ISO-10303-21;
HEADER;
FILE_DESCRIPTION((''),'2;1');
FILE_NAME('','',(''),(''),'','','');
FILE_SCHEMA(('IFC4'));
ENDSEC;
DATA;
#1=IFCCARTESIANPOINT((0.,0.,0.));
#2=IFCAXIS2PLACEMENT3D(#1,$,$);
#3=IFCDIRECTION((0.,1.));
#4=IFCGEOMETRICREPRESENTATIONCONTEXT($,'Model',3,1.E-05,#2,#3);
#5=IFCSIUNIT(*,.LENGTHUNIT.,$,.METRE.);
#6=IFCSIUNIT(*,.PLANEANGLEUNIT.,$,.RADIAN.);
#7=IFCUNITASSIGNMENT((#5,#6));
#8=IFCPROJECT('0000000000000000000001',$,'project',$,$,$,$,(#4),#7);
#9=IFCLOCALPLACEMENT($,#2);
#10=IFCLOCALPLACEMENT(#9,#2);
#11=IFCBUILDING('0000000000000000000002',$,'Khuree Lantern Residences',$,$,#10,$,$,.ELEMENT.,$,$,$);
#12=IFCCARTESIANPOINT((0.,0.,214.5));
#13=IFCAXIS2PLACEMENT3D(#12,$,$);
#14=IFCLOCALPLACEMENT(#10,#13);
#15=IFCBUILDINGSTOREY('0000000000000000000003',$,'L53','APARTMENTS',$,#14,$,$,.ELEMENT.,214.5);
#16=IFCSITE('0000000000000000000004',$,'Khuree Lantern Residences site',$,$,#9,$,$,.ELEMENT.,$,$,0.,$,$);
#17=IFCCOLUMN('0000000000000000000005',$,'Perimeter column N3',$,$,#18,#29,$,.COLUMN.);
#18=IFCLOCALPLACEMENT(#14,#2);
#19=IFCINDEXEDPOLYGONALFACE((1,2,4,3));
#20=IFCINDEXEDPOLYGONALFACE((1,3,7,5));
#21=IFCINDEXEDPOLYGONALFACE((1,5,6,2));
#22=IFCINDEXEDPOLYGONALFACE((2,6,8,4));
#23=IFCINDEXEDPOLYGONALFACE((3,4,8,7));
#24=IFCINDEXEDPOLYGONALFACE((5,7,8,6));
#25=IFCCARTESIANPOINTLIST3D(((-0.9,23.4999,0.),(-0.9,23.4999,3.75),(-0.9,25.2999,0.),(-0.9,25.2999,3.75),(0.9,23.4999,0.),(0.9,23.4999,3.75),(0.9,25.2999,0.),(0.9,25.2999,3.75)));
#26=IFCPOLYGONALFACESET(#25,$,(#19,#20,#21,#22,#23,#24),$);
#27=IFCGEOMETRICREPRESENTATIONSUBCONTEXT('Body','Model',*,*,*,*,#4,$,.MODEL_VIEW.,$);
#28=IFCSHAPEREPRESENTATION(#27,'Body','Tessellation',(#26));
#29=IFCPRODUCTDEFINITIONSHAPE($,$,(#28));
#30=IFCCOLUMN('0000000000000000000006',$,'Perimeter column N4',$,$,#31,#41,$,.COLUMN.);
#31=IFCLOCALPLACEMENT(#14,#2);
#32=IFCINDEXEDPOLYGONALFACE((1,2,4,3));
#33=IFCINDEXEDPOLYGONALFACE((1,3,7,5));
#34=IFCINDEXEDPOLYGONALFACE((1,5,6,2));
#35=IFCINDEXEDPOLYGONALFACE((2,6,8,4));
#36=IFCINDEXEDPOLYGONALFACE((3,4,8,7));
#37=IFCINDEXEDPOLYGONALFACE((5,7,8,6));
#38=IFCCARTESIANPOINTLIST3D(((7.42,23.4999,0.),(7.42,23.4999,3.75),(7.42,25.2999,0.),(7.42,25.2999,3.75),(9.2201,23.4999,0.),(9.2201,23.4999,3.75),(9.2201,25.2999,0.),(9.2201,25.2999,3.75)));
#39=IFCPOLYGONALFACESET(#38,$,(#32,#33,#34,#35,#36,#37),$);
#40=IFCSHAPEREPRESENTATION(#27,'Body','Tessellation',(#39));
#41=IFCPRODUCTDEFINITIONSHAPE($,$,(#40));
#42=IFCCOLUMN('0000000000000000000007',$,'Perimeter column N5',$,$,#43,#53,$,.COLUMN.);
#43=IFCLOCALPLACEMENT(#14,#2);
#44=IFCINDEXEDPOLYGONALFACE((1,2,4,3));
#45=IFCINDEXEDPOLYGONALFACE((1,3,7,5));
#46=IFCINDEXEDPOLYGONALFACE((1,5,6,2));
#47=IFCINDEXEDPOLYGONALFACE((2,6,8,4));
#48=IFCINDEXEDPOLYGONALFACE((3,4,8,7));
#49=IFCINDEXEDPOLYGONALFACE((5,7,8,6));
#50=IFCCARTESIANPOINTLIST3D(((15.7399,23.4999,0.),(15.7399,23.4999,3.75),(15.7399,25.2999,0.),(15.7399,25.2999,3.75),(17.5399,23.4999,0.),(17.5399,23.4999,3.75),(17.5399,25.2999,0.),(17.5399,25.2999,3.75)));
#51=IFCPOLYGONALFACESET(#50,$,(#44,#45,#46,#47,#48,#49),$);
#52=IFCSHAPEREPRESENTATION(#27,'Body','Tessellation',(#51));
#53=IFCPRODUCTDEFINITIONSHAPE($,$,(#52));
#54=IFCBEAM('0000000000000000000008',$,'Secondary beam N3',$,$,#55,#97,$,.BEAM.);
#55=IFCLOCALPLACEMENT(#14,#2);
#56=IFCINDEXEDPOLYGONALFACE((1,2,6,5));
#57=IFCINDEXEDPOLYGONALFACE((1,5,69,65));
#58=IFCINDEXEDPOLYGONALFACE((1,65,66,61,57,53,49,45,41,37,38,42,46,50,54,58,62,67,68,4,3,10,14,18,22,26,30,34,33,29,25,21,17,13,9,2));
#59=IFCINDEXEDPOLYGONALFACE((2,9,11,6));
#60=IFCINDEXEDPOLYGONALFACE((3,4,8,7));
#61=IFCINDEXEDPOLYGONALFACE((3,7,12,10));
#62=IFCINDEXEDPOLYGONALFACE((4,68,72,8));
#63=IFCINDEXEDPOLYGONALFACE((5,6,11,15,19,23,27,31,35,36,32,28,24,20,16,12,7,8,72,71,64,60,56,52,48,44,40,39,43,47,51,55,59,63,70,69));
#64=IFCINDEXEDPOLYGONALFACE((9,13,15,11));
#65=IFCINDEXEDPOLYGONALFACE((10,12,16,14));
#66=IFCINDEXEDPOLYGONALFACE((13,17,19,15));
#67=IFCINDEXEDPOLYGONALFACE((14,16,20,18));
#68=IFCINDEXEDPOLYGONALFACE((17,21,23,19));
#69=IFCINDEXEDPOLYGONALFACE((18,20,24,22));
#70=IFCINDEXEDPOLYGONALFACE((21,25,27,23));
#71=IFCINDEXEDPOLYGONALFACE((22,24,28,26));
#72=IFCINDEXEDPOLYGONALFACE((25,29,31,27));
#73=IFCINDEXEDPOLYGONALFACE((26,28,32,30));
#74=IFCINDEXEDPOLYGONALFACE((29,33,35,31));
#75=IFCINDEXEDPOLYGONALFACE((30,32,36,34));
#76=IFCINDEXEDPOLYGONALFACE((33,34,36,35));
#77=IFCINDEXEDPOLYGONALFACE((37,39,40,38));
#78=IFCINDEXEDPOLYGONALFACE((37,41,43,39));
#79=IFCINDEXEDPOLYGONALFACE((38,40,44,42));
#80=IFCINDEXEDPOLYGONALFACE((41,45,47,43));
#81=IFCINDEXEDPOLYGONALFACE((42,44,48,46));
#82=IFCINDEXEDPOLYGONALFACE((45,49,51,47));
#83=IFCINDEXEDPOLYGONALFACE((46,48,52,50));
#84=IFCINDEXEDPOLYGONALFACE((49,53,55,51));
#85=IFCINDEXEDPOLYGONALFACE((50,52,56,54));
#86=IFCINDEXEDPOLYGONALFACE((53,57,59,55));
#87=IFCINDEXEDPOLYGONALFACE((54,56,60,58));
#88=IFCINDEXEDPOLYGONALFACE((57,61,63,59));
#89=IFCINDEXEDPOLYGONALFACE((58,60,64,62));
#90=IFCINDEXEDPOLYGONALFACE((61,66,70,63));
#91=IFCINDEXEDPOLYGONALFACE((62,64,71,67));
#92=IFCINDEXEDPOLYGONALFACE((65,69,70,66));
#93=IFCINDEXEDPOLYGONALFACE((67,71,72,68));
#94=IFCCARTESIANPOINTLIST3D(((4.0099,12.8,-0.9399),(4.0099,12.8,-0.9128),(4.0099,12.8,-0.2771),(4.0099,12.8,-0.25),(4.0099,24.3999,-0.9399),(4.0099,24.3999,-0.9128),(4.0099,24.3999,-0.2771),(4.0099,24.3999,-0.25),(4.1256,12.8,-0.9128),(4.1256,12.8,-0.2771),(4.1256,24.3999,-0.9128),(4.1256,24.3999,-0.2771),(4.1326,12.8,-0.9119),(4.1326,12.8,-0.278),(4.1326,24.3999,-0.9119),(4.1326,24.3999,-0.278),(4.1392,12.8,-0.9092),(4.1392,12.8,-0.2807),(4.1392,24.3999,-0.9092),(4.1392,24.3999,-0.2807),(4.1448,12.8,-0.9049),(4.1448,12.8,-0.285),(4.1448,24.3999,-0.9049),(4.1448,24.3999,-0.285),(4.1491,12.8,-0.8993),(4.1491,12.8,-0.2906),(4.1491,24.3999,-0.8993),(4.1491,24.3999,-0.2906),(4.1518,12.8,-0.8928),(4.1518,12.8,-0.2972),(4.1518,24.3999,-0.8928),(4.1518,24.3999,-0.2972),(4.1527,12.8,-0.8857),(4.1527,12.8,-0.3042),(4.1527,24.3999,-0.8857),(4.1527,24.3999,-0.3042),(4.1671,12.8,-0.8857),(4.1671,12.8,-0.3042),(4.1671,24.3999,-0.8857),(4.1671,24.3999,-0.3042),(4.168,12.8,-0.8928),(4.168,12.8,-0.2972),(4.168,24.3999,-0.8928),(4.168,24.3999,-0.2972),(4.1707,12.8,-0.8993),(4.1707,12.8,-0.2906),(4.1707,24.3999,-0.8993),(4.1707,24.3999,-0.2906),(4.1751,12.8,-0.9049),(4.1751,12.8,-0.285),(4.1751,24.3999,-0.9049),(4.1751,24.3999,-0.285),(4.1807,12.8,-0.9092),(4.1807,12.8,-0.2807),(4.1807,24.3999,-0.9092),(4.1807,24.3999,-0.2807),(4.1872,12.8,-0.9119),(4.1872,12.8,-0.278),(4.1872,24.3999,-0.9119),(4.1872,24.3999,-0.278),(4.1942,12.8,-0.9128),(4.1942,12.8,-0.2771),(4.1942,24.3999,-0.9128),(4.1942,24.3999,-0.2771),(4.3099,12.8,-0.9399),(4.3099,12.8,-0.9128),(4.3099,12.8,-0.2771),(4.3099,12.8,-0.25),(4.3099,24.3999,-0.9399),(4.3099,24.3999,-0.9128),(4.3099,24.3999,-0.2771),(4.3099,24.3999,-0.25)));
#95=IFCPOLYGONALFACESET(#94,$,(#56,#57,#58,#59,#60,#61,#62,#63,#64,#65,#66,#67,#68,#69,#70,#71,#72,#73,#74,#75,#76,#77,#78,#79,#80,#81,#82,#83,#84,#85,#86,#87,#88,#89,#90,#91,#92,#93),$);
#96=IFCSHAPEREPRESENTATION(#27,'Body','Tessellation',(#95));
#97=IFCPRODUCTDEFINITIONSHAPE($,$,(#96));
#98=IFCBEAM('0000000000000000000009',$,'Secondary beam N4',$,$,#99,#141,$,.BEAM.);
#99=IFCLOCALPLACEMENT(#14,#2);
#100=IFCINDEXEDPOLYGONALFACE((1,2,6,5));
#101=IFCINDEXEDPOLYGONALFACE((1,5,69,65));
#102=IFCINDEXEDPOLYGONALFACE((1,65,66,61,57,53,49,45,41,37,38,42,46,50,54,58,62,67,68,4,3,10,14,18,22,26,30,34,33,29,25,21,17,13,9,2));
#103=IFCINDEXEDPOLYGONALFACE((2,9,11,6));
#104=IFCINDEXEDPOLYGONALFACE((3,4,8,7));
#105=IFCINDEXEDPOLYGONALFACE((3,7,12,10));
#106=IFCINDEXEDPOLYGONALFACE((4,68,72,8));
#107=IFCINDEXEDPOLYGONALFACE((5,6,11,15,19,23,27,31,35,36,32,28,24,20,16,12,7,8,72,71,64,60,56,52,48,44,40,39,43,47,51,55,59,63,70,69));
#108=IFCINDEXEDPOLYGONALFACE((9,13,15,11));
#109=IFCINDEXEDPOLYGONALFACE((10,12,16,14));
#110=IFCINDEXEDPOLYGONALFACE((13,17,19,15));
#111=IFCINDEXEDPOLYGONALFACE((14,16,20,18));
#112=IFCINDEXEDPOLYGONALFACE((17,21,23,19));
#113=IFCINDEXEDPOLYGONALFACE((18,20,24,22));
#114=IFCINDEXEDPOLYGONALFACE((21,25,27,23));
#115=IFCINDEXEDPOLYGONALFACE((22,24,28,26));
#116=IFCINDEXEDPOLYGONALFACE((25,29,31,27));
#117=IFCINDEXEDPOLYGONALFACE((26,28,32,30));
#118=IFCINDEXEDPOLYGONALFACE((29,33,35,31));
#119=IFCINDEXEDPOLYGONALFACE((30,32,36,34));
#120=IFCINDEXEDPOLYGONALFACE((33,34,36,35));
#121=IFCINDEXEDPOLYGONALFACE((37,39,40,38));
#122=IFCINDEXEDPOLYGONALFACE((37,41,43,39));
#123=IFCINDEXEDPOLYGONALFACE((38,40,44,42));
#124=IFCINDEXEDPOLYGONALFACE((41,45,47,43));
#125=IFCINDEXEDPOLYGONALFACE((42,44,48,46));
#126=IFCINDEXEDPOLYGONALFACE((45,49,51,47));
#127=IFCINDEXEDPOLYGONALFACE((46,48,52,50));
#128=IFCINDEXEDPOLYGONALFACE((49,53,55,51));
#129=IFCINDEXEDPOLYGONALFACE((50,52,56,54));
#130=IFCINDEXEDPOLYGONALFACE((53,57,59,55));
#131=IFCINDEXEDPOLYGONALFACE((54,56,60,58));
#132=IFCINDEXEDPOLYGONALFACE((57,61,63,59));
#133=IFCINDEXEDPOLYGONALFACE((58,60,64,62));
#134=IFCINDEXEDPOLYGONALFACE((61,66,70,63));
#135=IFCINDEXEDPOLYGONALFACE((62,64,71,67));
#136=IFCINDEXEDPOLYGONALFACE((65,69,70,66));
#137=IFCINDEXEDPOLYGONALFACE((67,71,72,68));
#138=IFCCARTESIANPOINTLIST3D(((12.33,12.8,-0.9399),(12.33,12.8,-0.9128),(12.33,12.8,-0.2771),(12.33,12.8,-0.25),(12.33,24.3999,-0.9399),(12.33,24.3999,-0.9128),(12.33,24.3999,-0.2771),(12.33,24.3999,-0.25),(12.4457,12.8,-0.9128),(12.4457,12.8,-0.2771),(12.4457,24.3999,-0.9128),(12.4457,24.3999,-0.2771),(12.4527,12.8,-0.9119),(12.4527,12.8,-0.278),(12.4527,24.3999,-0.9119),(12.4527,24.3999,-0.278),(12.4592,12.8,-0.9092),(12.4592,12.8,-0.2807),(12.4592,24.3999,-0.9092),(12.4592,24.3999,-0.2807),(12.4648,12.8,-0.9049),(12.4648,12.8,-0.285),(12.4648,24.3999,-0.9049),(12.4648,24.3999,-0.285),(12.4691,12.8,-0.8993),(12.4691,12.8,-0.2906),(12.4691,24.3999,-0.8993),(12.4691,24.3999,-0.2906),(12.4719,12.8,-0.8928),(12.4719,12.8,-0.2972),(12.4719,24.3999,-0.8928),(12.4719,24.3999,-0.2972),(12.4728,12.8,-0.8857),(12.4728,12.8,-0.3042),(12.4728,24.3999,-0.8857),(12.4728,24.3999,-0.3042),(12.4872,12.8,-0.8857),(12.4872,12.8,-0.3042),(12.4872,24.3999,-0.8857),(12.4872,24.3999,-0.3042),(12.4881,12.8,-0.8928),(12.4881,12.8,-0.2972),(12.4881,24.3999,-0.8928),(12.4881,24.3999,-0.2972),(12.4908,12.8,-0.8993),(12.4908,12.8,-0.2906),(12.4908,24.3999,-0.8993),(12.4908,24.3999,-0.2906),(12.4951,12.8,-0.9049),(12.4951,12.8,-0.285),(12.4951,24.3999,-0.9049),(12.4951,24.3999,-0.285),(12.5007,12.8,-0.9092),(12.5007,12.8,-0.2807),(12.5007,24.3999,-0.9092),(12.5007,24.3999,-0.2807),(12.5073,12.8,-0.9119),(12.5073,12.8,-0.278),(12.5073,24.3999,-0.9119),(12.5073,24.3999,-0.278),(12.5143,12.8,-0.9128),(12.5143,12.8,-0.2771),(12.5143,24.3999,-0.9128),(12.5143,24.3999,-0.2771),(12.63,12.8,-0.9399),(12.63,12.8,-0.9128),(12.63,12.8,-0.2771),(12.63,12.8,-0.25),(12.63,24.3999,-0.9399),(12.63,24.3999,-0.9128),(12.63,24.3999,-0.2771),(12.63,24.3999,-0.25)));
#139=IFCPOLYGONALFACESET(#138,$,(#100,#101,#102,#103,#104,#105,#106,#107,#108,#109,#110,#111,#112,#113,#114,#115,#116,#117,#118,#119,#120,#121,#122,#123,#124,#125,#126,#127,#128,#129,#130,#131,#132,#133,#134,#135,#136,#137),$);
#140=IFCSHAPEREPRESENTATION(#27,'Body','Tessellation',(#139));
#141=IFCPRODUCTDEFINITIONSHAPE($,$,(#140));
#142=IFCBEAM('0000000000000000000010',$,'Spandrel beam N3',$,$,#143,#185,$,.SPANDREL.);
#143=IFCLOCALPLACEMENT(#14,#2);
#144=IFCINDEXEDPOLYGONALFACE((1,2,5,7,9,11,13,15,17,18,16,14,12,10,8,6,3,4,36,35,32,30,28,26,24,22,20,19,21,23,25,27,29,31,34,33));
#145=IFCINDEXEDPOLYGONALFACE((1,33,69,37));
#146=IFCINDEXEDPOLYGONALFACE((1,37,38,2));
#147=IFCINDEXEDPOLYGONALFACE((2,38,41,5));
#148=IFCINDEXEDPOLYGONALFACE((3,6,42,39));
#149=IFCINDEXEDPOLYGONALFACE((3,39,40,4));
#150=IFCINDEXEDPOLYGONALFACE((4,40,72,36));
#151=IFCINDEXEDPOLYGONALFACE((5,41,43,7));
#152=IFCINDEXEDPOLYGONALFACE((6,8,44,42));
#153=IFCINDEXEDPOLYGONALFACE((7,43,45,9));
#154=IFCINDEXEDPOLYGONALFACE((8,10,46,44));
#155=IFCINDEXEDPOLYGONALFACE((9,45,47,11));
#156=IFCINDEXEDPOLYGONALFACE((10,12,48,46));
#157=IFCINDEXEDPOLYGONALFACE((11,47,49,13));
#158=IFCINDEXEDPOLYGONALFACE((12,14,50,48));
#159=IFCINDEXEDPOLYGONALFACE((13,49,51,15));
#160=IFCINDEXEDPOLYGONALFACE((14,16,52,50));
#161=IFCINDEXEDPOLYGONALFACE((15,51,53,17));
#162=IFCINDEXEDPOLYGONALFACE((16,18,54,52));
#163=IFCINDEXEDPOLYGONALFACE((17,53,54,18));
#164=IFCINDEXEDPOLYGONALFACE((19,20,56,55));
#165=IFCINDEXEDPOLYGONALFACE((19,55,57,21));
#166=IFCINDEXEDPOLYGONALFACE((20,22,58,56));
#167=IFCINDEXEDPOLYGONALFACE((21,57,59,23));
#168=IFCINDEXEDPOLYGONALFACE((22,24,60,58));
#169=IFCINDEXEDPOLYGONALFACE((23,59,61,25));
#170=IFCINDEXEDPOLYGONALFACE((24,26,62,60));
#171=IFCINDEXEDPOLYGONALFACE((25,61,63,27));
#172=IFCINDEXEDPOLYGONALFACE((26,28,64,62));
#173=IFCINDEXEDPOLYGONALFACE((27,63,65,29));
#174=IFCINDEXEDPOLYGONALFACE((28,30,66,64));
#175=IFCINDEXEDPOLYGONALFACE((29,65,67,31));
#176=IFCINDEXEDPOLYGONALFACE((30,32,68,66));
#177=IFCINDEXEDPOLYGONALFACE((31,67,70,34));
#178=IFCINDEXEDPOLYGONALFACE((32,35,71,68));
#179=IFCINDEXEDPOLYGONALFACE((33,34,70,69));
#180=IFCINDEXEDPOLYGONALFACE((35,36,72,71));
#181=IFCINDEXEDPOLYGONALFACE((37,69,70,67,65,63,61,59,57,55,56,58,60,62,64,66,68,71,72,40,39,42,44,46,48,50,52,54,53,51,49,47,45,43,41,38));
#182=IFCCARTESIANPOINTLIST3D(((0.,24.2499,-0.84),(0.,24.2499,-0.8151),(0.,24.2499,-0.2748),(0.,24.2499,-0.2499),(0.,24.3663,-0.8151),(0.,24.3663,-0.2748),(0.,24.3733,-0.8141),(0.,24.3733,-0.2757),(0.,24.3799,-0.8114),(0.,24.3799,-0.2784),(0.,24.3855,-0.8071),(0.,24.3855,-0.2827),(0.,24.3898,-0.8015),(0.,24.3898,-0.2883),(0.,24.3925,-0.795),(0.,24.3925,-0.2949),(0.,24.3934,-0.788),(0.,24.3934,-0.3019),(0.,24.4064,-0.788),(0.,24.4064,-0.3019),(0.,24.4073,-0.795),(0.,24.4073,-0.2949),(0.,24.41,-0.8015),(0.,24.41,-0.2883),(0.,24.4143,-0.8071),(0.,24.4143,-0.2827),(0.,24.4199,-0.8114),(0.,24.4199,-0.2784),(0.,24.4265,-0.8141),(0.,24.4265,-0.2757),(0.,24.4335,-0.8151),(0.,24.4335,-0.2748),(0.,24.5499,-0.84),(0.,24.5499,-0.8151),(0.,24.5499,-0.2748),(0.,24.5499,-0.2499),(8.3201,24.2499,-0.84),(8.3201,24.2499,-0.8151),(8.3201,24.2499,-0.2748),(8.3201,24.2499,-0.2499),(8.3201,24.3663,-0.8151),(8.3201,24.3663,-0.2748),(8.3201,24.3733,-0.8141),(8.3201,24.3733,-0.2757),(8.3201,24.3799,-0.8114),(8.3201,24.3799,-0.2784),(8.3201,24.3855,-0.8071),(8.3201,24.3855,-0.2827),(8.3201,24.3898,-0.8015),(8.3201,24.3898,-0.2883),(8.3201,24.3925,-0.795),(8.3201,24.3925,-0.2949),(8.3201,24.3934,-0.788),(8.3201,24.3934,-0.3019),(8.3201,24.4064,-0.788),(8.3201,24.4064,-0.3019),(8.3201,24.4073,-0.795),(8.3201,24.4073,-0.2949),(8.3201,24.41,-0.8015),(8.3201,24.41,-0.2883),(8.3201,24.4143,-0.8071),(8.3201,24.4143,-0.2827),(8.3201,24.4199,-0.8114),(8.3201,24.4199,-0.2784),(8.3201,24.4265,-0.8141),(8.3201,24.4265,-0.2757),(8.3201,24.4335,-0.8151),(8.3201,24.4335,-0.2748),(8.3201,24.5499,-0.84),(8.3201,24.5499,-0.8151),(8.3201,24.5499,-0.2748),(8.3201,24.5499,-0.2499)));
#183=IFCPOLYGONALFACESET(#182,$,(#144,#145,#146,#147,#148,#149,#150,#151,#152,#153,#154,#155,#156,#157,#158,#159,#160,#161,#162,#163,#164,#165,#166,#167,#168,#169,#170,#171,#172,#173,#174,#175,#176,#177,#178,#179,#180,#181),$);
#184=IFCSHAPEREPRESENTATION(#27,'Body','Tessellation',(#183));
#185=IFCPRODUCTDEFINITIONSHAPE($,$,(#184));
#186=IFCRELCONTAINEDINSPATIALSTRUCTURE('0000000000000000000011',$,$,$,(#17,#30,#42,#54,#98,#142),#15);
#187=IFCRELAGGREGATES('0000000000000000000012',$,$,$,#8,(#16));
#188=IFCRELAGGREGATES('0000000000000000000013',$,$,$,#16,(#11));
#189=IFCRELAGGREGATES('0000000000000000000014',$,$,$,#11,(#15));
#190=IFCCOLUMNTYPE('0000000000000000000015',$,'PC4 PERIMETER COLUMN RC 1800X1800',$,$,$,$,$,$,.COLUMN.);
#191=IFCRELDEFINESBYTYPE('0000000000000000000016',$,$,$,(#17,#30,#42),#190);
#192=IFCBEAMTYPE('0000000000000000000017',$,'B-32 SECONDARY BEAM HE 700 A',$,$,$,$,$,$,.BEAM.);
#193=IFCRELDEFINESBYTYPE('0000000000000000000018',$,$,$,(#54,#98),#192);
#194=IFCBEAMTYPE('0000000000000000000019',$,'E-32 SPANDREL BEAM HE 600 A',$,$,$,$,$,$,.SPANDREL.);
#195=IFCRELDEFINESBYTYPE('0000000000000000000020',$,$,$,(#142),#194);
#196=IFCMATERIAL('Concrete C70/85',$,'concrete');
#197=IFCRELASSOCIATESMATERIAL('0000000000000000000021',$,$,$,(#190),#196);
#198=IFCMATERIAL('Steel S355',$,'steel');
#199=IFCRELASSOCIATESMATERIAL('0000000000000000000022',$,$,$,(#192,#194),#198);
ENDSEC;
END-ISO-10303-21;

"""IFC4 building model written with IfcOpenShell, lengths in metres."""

from ifc_helpers import new_model, si_unit, direction, frame, origin, origin_2d, place, context, subcontext, project, spatial, rectangle, i_section, extrude, material, material_profile, profile_set, type_object, element, save


model = new_model("IFC4")

# Units and contexts
model_context = context("Model", 3, precision=1e-05, world=origin(), true_north=direction((0.0, 1.0)))
body_context = subcontext(model_context, "Body", "Model", "MODEL_VIEW")
ifc_project = project(units=[si_unit("LENGTHUNIT", "METRE"), si_unit("PLANEANGLEUNIT", "RADIAN")], contexts=[model_context])

# Site, building, storey
site_placement = place(None, origin())
site = spatial("IfcSite", under=ifc_project, at=site_placement, Name="Khuree Lantern Residences site", CompositionType="ELEMENT", RefElevation=0.0)
building_placement = place(site_placement, origin())
building = spatial("IfcBuilding", under=site, at=building_placement, Name="Khuree Lantern Residences", CompositionType="ELEMENT")
storey_placement = place(building_placement, frame((0.0, 0.0, 214.5)))
storey = spatial("IfcBuildingStorey", under=building, at=storey_placement, Name="L53", Description="APARTMENTS", CompositionType="ELEMENT", Elevation=214.5)

# Columns
ifc_material_1 = material(Name="Concrete C70/85", Category="concrete")
ifc_material_profile_1 = material_profile(ifc_material_1, rectangle(XDim=1.8, YDim=1.8, at=origin_2d()), Name="RC 1800X1800")
ifc_profile_set_1 = profile_set([ifc_material_profile_1], Name="Concrete C70/85")
column_type = type_object("IfcColumnType", Name="PC4 PERIMETER COLUMN RC 1800X1800", PredefinedType="COLUMN", material=ifc_profile_set_1)
for number, where, z_axis, x_axis, name in (
    (1, (0.0, 24.3999, 0.0), (0.0, 0.0, 1.0), (1.0, 0.0, 0.0), "Perimeter column N3"),
    (2, (8.3201, 24.3999, 0.0), (0.0, 0.0, 1.0), (1.0, 0.0, 0.0), "Perimeter column N4"),
    (3, (16.6399, 24.3999, 0.0), (0.0, 0.0, 1.0), (1.0, 0.0, 0.0), "Perimeter column N5"),
):
    element("IfcColumn", number, at=place(storey_placement, frame(where, z_axis=z_axis, x_axis=x_axis)), inside=storey, type_object=column_type, Name=name, PredefinedType="COLUMN", context=body_context, shape_type="SweptSolid", body=[
        extrude(rectangle(XDim=1.8, YDim=1.8, at=origin_2d()), origin(), (0.0, 0.0, 1.0), 3.75),
    ])

# Beams
ifc_material_2 = material(Name="Steel S355", Category="steel")
ifc_material_profile_2 = material_profile(ifc_material_2, i_section(OverallWidth=0.3, OverallDepth=0.6899, WebThickness=0.0144, FlangeThickness=0.0271, FilletRadius=0.0271, at=origin_2d()), Name="HE 700 A")
ifc_profile_set_2 = profile_set([ifc_material_profile_2], Name="Steel S355")
beam_type_1 = type_object("IfcBeamType", Name="B-32 SECONDARY BEAM HE 700 A", PredefinedType="BEAM", material=ifc_profile_set_2)
for number, where, z_axis, x_axis, name in (
    (4, (4.1599, 24.3999, -0.595), (0.0, -1.0, 0.0), (1.0, 0.0, 0.0), "Secondary beam N3"),
    (5, (12.48, 24.3999, -0.595), (0.0, -1.0, 0.0), (1.0, 0.0, 0.0), "Secondary beam N4"),
):
    element("IfcBeam", number, at=place(storey_placement, frame(where, z_axis=z_axis, x_axis=x_axis)), inside=storey, type_object=beam_type_1, Name=name, PredefinedType="BEAM", context=body_context, shape_type="SweptSolid", body=[
        extrude(i_section(OverallWidth=0.3, OverallDepth=0.6899, WebThickness=0.0144, FlangeThickness=0.0271, FilletRadius=0.0271, at=origin_2d()), origin(), (0.0, 0.0, 1.0), 11.5999),
    ])
ifc_material_profile_3 = material_profile(ifc_material_2, i_section(OverallWidth=0.3, OverallDepth=0.5901, WebThickness=0.0129, FlangeThickness=0.0249, FilletRadius=0.0271, at=origin_2d()), Name="HE 600 A")
ifc_profile_set_3 = profile_set([ifc_material_profile_3], Name="Steel S355")
beam_type_2 = type_object("IfcBeamType", Name="E-32 SPANDREL BEAM HE 600 A", PredefinedType="SPANDREL", material=ifc_profile_set_3)
beam_1_placement = place(storey_placement, frame((0.0, 24.3999, -0.5449), z_axis=(1.0, 0.0, 0.0), x_axis=(0.0, 1.0, 0.0)))
element("IfcBeam", 6, at=beam_1_placement, inside=storey, type_object=beam_type_2, Name="Spandrel beam N3", PredefinedType="SPANDREL", context=body_context, shape_type="SweptSolid", body=[
    extrude(i_section(OverallWidth=0.3, OverallDepth=0.5901, WebThickness=0.0129, FlangeThickness=0.0249, FilletRadius=0.0271, at=origin_2d()), origin(), (0.0, 0.0, 1.0), 8.3201),
])

save(model, "model.ifc")
